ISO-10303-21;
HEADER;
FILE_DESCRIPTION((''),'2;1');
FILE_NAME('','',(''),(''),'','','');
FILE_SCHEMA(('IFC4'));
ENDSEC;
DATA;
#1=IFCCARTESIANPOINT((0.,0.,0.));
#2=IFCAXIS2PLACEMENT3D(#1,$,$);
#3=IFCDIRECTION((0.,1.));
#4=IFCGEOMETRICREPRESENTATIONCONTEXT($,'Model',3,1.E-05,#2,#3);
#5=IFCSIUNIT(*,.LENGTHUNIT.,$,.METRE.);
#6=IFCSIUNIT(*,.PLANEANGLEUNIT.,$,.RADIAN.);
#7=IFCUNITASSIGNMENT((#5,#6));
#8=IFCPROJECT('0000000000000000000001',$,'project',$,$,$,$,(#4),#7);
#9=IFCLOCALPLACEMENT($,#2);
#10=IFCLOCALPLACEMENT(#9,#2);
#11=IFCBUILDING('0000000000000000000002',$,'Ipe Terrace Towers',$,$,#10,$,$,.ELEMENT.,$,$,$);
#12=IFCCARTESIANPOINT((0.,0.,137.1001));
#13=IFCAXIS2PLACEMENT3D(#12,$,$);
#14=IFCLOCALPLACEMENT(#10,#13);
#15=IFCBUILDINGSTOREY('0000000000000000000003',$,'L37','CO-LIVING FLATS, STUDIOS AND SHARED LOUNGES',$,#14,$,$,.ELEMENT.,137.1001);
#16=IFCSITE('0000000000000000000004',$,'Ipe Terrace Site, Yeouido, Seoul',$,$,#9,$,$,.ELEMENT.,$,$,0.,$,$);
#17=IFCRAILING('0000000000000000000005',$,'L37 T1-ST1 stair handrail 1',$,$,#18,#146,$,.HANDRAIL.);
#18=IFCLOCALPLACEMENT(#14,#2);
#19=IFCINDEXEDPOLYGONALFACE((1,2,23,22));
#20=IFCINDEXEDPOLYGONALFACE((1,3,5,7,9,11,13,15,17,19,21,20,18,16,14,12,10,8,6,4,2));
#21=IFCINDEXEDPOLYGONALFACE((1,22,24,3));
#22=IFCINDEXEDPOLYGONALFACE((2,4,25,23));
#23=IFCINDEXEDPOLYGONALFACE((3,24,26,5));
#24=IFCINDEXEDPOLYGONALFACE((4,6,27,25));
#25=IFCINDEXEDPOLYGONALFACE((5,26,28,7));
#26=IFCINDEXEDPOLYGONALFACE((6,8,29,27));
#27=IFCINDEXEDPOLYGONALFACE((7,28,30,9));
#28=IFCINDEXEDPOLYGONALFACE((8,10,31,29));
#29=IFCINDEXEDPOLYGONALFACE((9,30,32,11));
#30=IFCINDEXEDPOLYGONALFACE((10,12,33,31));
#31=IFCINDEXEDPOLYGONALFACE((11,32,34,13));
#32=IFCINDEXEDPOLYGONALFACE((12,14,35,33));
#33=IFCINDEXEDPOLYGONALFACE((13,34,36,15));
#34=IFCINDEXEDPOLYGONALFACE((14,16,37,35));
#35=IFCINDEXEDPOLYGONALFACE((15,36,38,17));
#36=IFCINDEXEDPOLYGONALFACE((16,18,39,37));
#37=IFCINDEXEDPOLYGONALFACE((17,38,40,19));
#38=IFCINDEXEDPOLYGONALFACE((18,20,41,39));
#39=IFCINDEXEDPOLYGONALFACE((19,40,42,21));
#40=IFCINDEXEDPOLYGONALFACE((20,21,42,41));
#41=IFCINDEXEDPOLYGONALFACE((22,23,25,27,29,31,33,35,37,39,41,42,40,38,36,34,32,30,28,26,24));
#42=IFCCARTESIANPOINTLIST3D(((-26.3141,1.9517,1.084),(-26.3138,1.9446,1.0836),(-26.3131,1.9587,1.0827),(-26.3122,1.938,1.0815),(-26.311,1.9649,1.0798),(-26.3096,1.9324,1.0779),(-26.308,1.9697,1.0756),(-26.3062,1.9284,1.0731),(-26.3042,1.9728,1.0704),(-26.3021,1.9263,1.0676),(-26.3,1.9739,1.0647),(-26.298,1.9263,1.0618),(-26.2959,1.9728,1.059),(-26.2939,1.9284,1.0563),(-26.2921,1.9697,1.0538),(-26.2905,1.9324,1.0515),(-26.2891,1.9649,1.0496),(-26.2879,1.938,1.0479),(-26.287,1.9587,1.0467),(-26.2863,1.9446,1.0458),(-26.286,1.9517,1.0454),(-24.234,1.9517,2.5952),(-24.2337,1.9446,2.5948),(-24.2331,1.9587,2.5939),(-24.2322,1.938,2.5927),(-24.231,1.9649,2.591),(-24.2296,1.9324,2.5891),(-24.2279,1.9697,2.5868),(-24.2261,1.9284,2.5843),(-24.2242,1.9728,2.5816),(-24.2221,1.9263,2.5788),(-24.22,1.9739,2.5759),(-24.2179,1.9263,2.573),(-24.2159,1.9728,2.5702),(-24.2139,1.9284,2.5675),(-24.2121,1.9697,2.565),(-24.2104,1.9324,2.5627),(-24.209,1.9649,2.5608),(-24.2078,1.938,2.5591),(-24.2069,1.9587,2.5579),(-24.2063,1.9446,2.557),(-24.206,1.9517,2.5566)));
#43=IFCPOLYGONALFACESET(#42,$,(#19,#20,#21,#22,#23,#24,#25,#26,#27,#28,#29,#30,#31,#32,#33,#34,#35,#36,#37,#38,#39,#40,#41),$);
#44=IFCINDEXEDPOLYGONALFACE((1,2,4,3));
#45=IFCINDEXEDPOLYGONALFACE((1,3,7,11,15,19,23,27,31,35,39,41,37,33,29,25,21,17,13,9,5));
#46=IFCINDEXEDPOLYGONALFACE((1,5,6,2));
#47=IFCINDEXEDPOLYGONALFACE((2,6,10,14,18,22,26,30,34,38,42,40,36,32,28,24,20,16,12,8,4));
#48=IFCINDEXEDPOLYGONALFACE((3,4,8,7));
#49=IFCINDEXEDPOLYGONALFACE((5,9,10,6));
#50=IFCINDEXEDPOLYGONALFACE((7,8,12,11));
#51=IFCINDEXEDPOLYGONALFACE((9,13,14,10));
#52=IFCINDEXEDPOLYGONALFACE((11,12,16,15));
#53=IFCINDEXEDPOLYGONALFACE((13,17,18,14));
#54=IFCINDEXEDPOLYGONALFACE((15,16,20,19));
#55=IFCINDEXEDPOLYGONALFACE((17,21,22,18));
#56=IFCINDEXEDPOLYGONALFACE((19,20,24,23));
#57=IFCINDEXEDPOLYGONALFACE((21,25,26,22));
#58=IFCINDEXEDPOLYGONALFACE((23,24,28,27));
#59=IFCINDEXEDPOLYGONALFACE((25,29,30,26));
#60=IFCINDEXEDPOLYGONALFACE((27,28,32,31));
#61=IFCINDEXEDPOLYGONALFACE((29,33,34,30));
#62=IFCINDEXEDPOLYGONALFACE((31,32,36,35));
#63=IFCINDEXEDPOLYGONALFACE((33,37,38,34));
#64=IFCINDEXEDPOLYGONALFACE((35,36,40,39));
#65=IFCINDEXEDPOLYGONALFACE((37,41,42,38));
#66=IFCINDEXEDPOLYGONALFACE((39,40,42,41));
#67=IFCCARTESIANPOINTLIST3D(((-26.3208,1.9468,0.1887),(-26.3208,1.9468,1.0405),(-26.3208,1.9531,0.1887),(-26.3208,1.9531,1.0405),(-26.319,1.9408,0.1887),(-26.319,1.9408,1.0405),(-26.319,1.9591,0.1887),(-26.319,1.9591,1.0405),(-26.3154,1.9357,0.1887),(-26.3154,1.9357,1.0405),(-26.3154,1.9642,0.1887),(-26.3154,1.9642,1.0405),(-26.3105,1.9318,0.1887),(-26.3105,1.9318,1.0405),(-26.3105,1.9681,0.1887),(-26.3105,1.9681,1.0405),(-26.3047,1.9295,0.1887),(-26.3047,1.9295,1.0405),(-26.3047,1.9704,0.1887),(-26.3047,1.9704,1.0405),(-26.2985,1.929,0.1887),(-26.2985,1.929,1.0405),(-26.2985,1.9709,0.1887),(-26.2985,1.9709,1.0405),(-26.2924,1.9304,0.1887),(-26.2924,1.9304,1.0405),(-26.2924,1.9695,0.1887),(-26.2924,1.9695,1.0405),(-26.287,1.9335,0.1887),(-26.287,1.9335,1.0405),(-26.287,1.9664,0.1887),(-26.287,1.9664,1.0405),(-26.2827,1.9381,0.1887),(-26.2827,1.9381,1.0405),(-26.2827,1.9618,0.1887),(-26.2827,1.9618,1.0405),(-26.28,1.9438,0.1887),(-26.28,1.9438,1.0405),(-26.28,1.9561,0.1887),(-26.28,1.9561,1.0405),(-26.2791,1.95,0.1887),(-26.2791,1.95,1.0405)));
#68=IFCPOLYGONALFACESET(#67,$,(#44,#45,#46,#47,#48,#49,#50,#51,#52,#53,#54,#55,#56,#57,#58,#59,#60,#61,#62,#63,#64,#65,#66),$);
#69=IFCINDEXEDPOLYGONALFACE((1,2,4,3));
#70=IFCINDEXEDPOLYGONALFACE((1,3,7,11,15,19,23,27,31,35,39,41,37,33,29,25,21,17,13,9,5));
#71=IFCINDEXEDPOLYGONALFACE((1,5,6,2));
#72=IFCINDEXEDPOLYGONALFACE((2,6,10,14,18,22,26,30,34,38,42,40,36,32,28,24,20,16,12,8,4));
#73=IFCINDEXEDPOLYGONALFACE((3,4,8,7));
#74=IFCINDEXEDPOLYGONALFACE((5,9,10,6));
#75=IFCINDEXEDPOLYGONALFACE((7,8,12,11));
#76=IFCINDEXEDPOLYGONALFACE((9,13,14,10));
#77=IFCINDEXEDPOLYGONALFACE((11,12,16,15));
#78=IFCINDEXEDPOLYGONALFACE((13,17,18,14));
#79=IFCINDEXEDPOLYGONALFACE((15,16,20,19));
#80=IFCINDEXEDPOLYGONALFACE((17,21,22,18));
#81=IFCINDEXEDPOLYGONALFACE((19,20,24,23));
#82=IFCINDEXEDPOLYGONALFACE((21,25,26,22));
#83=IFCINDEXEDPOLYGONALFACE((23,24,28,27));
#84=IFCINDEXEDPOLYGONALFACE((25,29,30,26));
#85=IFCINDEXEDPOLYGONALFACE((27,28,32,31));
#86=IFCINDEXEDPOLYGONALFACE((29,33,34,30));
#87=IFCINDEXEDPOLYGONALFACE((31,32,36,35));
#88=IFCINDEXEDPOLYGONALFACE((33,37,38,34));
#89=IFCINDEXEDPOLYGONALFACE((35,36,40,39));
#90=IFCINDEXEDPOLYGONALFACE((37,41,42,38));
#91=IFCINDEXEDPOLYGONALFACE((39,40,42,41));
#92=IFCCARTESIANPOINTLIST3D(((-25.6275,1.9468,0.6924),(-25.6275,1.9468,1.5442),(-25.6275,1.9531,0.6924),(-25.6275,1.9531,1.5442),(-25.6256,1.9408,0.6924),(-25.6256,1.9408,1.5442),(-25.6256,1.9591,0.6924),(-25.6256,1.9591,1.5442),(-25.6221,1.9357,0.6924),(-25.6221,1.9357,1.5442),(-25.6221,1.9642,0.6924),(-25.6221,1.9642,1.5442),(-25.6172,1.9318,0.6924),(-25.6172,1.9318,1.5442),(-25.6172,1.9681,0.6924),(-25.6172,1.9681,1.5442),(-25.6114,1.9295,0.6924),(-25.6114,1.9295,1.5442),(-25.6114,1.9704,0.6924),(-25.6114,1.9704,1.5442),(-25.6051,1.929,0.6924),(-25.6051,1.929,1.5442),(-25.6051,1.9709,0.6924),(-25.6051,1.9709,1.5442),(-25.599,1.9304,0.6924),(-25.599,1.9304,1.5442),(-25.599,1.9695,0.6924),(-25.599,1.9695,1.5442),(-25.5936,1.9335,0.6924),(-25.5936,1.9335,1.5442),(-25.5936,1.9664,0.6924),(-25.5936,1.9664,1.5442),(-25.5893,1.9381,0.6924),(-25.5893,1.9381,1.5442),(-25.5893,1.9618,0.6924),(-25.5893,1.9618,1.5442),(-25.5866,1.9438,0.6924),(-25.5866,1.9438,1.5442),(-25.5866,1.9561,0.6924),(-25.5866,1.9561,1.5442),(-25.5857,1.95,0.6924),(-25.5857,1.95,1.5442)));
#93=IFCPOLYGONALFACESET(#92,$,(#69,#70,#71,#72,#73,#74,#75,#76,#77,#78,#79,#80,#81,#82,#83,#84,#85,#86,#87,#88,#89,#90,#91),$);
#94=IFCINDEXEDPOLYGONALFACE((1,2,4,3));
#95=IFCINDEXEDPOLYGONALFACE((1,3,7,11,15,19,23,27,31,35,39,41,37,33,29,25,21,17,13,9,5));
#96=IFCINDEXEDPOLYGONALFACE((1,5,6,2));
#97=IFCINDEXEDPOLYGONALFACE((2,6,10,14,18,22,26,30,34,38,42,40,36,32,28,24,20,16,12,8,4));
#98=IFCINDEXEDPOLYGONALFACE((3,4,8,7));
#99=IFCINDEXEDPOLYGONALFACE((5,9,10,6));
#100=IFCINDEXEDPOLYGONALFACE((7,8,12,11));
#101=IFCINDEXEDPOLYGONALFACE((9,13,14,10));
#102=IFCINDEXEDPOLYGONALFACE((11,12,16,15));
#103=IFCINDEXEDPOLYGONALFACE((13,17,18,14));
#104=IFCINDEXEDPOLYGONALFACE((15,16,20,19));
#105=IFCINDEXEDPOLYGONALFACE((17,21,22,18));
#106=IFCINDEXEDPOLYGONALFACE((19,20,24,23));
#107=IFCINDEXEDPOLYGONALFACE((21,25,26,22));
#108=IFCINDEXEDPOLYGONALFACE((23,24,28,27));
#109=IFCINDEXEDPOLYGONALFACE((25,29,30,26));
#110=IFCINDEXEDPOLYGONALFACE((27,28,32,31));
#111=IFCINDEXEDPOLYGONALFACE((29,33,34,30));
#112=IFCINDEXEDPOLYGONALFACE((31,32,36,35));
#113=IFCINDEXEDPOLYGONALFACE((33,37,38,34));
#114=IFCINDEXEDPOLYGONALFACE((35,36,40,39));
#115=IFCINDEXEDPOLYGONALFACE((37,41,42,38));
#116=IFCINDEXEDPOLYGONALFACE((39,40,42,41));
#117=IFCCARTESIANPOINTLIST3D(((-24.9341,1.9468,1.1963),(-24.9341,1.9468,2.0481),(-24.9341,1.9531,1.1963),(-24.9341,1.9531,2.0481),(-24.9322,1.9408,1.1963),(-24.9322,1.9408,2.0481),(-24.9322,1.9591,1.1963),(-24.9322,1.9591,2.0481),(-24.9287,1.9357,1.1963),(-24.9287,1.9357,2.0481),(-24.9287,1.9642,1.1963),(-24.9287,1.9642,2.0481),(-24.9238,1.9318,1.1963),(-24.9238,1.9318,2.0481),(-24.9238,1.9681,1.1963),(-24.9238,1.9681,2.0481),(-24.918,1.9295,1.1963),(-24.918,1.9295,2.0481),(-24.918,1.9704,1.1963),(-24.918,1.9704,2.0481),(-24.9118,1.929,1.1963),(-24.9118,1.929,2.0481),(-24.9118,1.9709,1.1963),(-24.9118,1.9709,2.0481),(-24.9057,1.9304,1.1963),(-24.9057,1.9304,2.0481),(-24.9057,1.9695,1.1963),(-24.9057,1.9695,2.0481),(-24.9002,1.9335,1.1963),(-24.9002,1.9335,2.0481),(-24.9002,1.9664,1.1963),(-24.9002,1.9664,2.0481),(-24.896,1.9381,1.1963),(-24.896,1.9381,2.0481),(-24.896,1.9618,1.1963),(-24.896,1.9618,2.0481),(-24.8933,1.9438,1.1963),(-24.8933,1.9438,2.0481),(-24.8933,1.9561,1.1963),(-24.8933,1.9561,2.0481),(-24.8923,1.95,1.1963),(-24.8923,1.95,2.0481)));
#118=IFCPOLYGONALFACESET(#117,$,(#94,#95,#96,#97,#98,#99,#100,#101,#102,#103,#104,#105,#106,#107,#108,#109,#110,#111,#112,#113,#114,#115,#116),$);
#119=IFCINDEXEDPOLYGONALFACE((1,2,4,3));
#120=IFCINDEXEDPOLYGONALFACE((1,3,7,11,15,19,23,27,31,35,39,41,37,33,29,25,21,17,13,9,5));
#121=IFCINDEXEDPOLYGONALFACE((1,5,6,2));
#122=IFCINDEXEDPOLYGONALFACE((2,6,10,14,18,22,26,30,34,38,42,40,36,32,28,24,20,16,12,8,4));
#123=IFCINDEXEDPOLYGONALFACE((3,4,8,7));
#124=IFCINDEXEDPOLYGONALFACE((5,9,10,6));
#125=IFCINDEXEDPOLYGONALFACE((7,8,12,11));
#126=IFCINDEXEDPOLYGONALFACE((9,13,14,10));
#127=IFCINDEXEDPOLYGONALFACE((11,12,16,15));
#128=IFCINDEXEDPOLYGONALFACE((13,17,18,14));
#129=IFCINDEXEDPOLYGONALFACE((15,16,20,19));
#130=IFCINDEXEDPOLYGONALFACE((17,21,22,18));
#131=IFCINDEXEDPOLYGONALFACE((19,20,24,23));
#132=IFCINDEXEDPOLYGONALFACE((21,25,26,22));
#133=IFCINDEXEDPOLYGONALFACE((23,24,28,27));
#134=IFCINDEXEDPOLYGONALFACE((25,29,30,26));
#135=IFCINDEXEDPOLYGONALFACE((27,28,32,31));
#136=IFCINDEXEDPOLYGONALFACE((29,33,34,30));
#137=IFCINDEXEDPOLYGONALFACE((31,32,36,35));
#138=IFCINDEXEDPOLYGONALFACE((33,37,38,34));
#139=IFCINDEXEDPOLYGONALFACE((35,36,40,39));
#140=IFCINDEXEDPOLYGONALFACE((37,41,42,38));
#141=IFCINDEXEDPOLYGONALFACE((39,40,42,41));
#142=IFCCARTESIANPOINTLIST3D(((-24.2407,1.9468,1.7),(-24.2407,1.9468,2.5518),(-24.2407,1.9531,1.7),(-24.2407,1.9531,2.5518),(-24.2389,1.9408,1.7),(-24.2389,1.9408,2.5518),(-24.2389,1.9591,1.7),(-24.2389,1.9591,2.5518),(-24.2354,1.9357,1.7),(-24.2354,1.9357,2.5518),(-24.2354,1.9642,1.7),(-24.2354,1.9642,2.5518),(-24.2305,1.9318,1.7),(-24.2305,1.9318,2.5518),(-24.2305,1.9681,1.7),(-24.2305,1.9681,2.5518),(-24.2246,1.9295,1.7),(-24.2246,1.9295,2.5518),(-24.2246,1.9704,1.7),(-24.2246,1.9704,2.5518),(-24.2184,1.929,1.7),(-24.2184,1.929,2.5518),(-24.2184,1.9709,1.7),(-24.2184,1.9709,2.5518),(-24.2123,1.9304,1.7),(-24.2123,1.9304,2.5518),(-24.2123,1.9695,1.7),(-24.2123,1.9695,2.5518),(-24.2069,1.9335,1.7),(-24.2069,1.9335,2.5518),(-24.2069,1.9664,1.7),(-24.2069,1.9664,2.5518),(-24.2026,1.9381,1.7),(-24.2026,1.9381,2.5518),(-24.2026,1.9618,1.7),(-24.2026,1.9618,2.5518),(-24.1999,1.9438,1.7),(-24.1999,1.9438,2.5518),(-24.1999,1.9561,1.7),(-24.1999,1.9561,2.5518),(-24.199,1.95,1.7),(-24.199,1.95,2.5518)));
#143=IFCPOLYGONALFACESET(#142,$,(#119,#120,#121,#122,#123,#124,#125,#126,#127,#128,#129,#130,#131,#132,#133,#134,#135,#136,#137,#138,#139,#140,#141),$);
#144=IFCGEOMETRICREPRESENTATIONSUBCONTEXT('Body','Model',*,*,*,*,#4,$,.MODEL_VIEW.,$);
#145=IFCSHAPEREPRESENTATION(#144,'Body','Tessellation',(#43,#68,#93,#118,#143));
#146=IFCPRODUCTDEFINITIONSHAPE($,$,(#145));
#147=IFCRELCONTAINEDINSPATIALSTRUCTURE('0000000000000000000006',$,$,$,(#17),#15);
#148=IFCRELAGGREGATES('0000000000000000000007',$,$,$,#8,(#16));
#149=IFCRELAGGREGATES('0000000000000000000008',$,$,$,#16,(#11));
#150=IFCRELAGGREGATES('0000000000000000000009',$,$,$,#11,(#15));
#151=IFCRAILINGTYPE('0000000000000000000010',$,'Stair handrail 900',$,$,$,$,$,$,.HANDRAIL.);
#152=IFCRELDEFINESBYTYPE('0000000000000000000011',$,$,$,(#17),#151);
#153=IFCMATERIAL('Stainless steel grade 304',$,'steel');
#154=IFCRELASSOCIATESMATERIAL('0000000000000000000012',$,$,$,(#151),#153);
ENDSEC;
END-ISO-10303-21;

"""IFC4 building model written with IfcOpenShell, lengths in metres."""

from ifc_helpers import new_model, si_unit, direction, frame, origin, origin_2d, place, context, subcontext, project, spatial, circle, extrude, material, type_object, element, save


model = new_model("IFC4")

# Units and contexts
model_context = context("Model", 3, precision=1e-05, world=origin(), true_north=direction((0.0, 1.0)))
body_context = subcontext(model_context, "Body", "Model", "MODEL_VIEW")
ifc_project = project(units=[si_unit("LENGTHUNIT", "METRE"), si_unit("PLANEANGLEUNIT", "RADIAN")], contexts=[model_context])

# Site, building, storey
site_placement = place(None, origin())
site = spatial("IfcSite", under=ifc_project, at=site_placement, Name="Ipe Terrace Site, Yeouido, Seoul", CompositionType="ELEMENT", RefElevation=0.0)
building_placement = place(site_placement, origin())
building = spatial("IfcBuilding", under=site, at=building_placement, Name="Ipe Terrace Towers", CompositionType="ELEMENT")
storey_placement = place(building_placement, frame((0.0, 0.0, 137.1001)))
storey = spatial("IfcBuildingStorey", under=building, at=storey_placement, Name="L37", Description="CO-LIVING FLATS, STUDIOS AND SHARED LOUNGES", CompositionType="ELEMENT", Elevation=137.1001)

# Railing
ifc_material_1 = material(Name="Stainless steel grade 304", Category="steel")
railing_type_1 = type_object("IfcRailingType", Name="Stair handrail 900", PredefinedType="HANDRAIL", material=ifc_material_1)
railing_1_placement = place(storey_placement, frame((-26.3, 1.95, 0.1887)))
element("IfcRailing", 1, at=railing_1_placement, inside=storey, type_object=railing_type_1, Name="L37 T1-ST1 stair handrail 1", PredefinedType="HANDRAIL", context=body_context, shape_type="SweptSolid", body=[
    extrude(circle(Radius=0.0239, at=origin_2d()), frame((0.0, 0.0, 0.876), z_axis=(0.809023, 0.0, 0.587776), x_axis=(0.0, 1.0, 0.0)), (0.0, 0.0, 1.0), 2.571),
    extrude(circle(Radius=0.021, at=origin_2d()), origin(), (0.0, 0.0, 1.0), 0.8518),
    extrude(circle(Radius=0.021, at=origin_2d()), frame((0.6934, 0.0, 0.5037)), (0.0, 0.0, 1.0), 0.8518),
    extrude(circle(Radius=0.021, at=origin_2d()), frame((1.3867, 0.0, 1.0076)), (0.0, 0.0, 1.0), 0.8518),
    extrude(circle(Radius=0.021, at=origin_2d()), frame((2.0801, 0.0, 1.5112)), (0.0, 0.0, 1.0), 0.8518),
])

save(model, "model.ifc")
